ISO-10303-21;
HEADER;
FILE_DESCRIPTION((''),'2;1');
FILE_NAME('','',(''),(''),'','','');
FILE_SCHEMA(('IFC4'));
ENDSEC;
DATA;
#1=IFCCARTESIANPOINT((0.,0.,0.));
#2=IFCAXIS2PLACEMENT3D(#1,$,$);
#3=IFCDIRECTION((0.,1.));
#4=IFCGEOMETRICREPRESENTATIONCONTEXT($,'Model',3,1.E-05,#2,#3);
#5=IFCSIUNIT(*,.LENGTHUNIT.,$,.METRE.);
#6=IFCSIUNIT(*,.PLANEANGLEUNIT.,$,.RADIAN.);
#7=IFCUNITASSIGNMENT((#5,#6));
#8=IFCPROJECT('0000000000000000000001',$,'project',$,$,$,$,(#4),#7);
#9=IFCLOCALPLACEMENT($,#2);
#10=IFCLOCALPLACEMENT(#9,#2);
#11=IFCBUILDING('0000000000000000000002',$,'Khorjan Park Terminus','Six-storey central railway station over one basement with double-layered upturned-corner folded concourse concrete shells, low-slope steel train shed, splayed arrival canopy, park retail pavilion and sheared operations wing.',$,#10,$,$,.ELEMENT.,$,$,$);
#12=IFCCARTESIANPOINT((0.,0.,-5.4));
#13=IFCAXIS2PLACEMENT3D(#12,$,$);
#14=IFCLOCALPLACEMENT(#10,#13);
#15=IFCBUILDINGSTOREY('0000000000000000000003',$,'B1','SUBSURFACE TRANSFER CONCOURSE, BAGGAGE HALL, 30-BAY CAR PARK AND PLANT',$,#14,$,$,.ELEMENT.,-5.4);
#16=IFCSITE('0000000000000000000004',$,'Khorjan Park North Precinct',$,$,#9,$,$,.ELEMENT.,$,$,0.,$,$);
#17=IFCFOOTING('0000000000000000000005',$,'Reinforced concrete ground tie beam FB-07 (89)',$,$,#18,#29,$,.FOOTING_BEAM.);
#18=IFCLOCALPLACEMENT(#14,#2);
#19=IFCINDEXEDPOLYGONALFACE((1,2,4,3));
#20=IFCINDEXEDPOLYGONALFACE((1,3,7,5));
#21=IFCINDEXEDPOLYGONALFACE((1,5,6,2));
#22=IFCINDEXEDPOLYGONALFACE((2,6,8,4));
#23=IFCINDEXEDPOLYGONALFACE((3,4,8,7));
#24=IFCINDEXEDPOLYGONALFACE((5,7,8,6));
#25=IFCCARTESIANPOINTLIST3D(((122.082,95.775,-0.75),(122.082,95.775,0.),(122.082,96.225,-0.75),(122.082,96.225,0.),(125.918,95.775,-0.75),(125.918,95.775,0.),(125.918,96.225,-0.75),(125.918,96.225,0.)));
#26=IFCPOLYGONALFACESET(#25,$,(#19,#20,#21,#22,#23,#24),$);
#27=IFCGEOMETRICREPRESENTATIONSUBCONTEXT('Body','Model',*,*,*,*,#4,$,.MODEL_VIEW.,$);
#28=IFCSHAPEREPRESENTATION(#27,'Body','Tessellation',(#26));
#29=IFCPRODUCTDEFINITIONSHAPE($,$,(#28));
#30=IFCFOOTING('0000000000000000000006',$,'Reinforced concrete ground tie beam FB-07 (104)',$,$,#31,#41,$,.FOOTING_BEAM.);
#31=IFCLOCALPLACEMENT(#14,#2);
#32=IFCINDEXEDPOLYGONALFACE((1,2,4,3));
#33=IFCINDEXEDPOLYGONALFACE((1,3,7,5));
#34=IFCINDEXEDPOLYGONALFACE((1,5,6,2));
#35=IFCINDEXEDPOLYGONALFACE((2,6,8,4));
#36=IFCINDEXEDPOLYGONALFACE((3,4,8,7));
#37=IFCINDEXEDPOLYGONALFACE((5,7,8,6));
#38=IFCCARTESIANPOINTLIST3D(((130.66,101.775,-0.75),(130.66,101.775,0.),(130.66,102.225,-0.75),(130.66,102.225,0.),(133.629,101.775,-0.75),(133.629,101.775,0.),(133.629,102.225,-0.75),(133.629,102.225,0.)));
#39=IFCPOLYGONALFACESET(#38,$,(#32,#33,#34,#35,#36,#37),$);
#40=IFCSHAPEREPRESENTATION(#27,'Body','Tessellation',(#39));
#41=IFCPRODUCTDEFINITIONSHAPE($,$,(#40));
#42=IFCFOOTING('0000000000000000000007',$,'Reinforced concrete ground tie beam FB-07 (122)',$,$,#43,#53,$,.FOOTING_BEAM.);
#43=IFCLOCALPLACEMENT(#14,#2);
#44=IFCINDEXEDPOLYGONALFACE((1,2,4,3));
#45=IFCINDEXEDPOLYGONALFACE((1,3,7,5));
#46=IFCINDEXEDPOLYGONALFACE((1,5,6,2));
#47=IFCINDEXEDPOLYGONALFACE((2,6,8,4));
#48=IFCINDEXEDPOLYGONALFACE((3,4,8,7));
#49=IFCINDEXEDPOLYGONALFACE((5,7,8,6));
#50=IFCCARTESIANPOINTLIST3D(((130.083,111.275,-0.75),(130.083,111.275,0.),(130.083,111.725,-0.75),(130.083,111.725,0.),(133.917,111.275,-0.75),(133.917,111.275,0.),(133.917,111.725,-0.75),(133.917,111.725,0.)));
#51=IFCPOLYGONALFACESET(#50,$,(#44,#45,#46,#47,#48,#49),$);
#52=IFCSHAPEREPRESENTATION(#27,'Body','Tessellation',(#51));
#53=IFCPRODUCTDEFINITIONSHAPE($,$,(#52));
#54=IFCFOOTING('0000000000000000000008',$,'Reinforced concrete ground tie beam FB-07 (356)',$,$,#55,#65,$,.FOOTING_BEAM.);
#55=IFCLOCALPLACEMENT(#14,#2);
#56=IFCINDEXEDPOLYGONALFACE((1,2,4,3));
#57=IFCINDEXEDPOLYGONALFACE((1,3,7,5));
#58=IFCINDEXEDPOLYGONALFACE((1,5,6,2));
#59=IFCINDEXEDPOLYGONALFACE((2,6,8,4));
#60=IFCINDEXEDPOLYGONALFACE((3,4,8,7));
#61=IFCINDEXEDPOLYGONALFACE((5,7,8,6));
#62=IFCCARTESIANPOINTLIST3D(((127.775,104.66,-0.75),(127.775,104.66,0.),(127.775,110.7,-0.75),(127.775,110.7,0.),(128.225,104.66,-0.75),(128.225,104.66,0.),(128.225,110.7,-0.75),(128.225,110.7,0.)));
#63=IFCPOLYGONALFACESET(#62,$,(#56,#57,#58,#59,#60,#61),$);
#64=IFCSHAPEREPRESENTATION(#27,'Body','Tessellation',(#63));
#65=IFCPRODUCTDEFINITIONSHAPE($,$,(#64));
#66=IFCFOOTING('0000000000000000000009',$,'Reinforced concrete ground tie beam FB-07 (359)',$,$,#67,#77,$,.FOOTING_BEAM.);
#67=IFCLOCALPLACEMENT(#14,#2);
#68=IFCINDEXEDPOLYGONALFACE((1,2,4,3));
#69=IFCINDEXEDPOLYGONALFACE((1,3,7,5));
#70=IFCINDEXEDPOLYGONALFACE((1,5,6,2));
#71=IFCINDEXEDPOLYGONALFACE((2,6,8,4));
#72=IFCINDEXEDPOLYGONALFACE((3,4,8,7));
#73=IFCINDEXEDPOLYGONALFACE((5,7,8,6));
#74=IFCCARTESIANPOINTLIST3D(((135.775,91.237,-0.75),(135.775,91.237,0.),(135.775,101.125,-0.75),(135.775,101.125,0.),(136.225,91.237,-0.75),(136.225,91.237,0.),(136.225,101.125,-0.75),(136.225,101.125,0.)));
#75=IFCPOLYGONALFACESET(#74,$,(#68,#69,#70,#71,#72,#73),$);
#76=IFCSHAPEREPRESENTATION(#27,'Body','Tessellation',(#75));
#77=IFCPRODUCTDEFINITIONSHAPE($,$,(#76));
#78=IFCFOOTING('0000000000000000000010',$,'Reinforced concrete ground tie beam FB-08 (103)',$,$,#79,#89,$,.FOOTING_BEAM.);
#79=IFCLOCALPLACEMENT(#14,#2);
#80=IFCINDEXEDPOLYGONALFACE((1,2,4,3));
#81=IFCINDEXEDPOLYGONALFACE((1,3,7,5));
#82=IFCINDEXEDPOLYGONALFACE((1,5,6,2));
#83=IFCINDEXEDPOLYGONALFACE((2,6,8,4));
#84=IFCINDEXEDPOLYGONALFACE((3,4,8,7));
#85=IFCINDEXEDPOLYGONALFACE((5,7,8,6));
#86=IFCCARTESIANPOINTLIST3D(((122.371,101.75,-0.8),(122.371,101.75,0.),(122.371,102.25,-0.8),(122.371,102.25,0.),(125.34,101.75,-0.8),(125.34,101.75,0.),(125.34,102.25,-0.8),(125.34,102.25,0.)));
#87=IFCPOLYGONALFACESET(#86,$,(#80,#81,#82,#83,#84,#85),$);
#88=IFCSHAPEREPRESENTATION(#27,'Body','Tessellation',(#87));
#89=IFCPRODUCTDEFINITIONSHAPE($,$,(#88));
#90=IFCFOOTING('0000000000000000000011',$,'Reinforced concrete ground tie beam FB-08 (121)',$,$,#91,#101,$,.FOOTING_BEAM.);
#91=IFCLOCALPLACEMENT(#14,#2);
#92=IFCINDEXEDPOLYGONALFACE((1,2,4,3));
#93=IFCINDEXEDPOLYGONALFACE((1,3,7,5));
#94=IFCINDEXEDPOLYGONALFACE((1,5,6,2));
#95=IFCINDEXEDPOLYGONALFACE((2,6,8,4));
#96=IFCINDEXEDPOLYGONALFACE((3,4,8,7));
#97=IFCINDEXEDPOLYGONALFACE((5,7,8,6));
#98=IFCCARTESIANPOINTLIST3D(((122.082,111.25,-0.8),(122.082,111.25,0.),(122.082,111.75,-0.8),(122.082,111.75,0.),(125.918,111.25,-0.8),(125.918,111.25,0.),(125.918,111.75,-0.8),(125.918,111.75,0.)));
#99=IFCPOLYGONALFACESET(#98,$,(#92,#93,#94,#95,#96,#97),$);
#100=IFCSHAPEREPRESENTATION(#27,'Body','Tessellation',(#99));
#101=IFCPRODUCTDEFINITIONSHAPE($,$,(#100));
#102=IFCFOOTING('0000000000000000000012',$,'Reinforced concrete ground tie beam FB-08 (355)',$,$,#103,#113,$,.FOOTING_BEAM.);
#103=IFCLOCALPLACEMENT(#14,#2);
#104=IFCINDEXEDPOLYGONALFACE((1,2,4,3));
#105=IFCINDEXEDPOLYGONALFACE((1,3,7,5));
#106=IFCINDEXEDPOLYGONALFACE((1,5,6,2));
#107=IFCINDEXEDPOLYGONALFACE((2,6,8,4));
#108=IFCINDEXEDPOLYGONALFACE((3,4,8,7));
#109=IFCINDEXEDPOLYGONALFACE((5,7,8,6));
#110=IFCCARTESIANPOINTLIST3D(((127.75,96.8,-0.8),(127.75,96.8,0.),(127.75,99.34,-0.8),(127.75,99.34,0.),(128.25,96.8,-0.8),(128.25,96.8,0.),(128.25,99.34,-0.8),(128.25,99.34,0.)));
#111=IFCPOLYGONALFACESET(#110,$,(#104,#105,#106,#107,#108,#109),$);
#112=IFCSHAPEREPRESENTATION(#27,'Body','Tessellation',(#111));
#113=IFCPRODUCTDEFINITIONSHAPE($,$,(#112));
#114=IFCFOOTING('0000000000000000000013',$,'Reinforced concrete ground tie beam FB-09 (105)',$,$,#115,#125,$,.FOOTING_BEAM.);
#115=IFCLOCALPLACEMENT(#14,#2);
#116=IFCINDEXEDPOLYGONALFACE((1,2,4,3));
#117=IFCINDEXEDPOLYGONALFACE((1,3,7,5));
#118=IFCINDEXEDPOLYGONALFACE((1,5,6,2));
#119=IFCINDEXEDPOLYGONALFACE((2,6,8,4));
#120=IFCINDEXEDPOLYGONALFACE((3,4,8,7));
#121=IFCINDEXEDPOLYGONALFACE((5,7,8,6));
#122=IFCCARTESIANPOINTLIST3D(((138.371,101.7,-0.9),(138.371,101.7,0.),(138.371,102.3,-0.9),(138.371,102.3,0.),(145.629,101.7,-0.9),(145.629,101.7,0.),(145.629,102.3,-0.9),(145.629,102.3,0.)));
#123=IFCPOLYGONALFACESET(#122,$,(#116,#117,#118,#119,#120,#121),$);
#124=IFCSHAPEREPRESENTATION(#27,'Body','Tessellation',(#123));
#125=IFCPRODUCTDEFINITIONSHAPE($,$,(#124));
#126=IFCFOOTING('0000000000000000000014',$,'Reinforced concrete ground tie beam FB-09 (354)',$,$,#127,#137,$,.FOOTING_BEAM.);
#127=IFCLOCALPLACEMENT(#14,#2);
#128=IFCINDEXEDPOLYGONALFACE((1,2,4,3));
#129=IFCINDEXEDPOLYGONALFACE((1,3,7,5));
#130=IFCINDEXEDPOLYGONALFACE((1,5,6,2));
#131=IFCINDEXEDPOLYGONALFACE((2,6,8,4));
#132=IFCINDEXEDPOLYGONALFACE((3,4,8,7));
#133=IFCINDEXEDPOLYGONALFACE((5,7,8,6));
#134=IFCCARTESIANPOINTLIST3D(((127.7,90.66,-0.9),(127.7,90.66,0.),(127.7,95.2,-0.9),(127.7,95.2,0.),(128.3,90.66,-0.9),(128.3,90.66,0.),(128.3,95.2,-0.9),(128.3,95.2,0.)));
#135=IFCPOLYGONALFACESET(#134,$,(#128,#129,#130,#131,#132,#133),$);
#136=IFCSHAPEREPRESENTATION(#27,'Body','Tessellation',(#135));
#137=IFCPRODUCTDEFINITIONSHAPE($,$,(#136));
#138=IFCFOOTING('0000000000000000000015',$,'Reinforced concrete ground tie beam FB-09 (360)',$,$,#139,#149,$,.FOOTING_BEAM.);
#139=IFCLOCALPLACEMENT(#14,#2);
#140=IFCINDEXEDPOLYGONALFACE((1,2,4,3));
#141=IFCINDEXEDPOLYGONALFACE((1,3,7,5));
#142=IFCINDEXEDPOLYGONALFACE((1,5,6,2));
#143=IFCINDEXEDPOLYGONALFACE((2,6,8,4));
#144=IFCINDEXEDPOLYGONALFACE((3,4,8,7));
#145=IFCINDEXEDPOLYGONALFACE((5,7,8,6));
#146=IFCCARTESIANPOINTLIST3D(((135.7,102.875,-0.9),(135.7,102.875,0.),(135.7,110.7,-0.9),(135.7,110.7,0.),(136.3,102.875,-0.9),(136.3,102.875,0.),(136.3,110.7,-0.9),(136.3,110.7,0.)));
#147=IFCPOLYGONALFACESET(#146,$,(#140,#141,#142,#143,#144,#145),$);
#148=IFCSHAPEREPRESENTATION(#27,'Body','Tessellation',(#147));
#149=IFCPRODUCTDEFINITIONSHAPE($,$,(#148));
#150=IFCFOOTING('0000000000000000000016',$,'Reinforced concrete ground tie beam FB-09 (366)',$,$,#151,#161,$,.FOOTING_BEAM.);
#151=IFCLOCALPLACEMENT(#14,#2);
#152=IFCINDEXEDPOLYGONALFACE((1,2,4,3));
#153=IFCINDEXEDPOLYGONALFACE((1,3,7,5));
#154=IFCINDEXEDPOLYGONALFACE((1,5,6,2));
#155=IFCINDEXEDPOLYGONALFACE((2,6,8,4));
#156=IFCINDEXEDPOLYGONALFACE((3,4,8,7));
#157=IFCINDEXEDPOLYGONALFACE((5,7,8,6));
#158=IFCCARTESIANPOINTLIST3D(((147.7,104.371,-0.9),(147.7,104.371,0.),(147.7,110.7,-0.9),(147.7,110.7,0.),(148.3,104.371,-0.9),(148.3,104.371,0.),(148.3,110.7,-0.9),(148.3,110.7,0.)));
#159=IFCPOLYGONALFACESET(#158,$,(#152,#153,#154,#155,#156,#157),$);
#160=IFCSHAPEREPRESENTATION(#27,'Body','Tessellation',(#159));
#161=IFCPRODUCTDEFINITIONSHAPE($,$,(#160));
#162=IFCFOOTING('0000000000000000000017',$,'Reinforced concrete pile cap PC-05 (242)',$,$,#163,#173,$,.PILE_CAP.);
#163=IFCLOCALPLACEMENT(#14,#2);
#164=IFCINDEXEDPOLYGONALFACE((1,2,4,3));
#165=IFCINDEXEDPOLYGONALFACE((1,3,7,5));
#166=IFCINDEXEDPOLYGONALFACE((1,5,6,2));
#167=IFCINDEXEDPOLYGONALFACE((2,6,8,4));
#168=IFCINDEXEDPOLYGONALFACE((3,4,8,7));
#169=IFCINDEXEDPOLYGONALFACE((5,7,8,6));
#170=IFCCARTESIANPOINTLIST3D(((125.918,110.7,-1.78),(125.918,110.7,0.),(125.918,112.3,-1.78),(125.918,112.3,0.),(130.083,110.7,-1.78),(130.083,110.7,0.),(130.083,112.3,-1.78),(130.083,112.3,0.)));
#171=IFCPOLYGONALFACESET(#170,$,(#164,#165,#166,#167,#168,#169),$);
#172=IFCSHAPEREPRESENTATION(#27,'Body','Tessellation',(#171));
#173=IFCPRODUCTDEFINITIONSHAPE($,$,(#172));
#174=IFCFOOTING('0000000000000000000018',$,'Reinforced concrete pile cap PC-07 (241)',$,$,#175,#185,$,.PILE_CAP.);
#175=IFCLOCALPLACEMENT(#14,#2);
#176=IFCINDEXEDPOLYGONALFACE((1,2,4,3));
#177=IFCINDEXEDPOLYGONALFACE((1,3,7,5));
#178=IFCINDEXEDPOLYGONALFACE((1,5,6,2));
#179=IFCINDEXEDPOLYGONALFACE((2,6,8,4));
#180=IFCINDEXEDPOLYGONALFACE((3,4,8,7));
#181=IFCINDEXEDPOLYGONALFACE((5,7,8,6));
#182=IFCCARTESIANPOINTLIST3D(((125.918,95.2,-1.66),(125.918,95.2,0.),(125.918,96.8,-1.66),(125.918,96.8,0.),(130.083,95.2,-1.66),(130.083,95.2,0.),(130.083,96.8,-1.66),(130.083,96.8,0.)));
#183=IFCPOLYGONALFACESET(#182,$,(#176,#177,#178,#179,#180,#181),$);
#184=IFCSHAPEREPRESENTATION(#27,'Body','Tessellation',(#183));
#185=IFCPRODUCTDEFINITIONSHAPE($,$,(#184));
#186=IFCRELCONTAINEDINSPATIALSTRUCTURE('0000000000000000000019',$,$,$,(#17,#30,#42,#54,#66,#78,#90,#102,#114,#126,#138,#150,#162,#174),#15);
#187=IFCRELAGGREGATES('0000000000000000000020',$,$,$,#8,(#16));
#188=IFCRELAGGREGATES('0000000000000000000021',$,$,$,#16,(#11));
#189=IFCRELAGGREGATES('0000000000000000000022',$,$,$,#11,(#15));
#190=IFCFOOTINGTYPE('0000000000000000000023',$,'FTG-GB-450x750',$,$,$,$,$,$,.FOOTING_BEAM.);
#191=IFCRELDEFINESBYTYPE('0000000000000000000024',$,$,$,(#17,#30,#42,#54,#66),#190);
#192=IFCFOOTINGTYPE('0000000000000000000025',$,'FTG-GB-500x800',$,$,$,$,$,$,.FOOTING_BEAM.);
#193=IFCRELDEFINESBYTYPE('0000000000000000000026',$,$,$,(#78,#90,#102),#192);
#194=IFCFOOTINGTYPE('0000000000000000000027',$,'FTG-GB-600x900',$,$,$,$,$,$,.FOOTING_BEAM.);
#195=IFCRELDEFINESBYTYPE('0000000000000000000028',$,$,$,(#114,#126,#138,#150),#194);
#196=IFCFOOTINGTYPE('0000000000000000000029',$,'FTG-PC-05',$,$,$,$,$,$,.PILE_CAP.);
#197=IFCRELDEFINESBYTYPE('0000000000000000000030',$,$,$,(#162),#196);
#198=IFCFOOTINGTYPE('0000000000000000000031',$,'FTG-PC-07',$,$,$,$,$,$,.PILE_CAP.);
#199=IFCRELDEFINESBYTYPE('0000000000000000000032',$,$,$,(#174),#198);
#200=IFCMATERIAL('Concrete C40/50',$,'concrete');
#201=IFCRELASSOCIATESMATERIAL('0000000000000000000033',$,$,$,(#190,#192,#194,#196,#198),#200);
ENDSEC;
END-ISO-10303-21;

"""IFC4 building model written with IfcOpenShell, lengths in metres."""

from ifc_helpers import new_model, si_unit, direction, frame, origin, origin_2d, place, context, subcontext, project, spatial, rectangle, extrude, material, material_profile, profile_set, type_object, element, save


model = new_model("IFC4")

# Units and contexts
model_context = context("Model", 3, precision=1e-05, world=origin(), true_north=direction((0.0, 1.0)))
body_context = subcontext(model_context, "Body", "Model", "MODEL_VIEW")
ifc_project = project(units=[si_unit("LENGTHUNIT", "METRE"), si_unit("PLANEANGLEUNIT", "RADIAN")], contexts=[model_context])

# Site, building, storey
site_placement = place(None, origin())
site = spatial("IfcSite", under=ifc_project, at=site_placement, Name="Khorjan Park North Precinct", CompositionType="ELEMENT", RefElevation=0.0)
building_placement = place(site_placement, origin())
building = spatial("IfcBuilding", under=site, at=building_placement, Name="Khorjan Park Terminus", Description="Six-storey central railway station over one basement with double-layered upturned-corner folded concourse concrete shells, low-slope steel train shed, splayed arrival canopy, park retail pavilion and sheared operations wing.", CompositionType="ELEMENT")
storey_placement = place(building_placement, frame((0.0, 0.0, -5.4)))
storey = spatial("IfcBuildingStorey", under=building, at=storey_placement, Name="B1", Description="SUBSURFACE TRANSFER CONCOURSE, BAGGAGE HALL, 30-BAY CAR PARK AND PLANT", CompositionType="ELEMENT", Elevation=-5.4)

# Footings
ifc_material_1 = material(Name="Concrete C40/50", Category="concrete")
ifc_material_profile_1 = material_profile(ifc_material_1, rectangle(XDim=0.45, YDim=0.75, at=origin_2d()), Name="RC 450x750")
ifc_profile_set_1 = profile_set([ifc_material_profile_1], Name="Concrete C40/50")
footing_type_1 = type_object("IfcFootingType", Name="FTG-GB-450x750", PredefinedType="FOOTING_BEAM", material=ifc_profile_set_1)
footing_1_placement = place(storey_placement, frame((122.082, 96.0, -0.375), z_axis=(1.0, 0.0, 0.0), x_axis=(0.0, 1.0, 0.0)))
element("IfcFooting", 1, at=footing_1_placement, inside=storey, type_object=footing_type_1, Name="Reinforced concrete ground tie beam FB-07 (89)", PredefinedType="FOOTING_BEAM", context=body_context, shape_type="SweptSolid", body=[
    extrude(rectangle(XDim=0.45, YDim=0.75, at=origin_2d()), origin(), (0.0, 0.0, 1.0), 3.836),
])
footing_2_placement = place(storey_placement, frame((130.66, 102.0, -0.375), z_axis=(1.0, 0.0, 0.0), x_axis=(0.0, 1.0, 0.0)))
element("IfcFooting", 2, at=footing_2_placement, inside=storey, type_object=footing_type_1, Name="Reinforced concrete ground tie beam FB-07 (104)", PredefinedType="FOOTING_BEAM", context=body_context, shape_type="SweptSolid", body=[
    extrude(rectangle(XDim=0.45, YDim=0.75, at=origin_2d()), origin(), (0.0, 0.0, 1.0), 2.969),
])
footing_3_placement = place(storey_placement, frame((130.083, 111.5, -0.375), z_axis=(1.0, 0.0, 0.0), x_axis=(0.0, 1.0, 0.0)))
element("IfcFooting", 3, at=footing_3_placement, inside=storey, type_object=footing_type_1, Name="Reinforced concrete ground tie beam FB-07 (122)", PredefinedType="FOOTING_BEAM", context=body_context, shape_type="SweptSolid", body=[
    extrude(rectangle(XDim=0.45, YDim=0.75, at=origin_2d()), origin(), (0.0, 0.0, 1.0), 3.834),
])
footing_4_placement = place(storey_placement, frame((128.0, 104.66, -0.375), z_axis=(0.0, 1.0, 0.0), x_axis=(-1.0, 0.0, 0.0)))
element("IfcFooting", 4, at=footing_4_placement, inside=storey, type_object=footing_type_1, Name="Reinforced concrete ground tie beam FB-07 (356)", PredefinedType="FOOTING_BEAM", context=body_context, shape_type="SweptSolid", body=[
    extrude(rectangle(XDim=0.45, YDim=0.75, at=origin_2d()), origin(), (0.0, 0.0, 1.0), 6.04),
])
footing_5_placement = place(storey_placement, frame((136.0, 91.237, -0.375), z_axis=(0.0, 1.0, 0.0), x_axis=(-1.0, 0.0, 0.0)))
element("IfcFooting", 5, at=footing_5_placement, inside=storey, type_object=footing_type_1, Name="Reinforced concrete ground tie beam FB-07 (359)", PredefinedType="FOOTING_BEAM", context=body_context, shape_type="SweptSolid", body=[
    extrude(rectangle(XDim=0.45, YDim=0.75, at=origin_2d()), origin(), (0.0, 0.0, 1.0), 9.888),
])
ifc_material_profile_2 = material_profile(ifc_material_1, rectangle(XDim=0.5, YDim=0.8, at=origin_2d()), Name="RC 500x800")
ifc_profile_set_2 = profile_set([ifc_material_profile_2], Name="Concrete C40/50")
footing_type_2 = type_object("IfcFootingType", Name="FTG-GB-500x800", PredefinedType="FOOTING_BEAM", material=ifc_profile_set_2)
footing_6_placement = place(storey_placement, frame((122.371, 102.0, -0.4), z_axis=(1.0, 0.0, 0.0), x_axis=(0.0, 1.0, 0.0)))
element("IfcFooting", 6, at=footing_6_placement, inside=storey, type_object=footing_type_2, Name="Reinforced concrete ground tie beam FB-08 (103)", PredefinedType="FOOTING_BEAM", context=body_context, shape_type="SweptSolid", body=[
    extrude(rectangle(XDim=0.5, YDim=0.8, at=origin_2d()), origin(), (0.0, 0.0, 1.0), 2.969),
])
footing_7_placement = place(storey_placement, frame((122.082, 111.5, -0.4), z_axis=(1.0, 0.0, 0.0), x_axis=(0.0, 1.0, 0.0)))
element("IfcFooting", 7, at=footing_7_placement, inside=storey, type_object=footing_type_2, Name="Reinforced concrete ground tie beam FB-08 (121)", PredefinedType="FOOTING_BEAM", context=body_context, shape_type="SweptSolid", body=[
    extrude(rectangle(XDim=0.5, YDim=0.8, at=origin_2d()), origin(), (0.0, 0.0, 1.0), 3.836),
])
footing_8_placement = place(storey_placement, frame((128.0, 96.8, -0.4), z_axis=(0.0, 1.0, 0.0), x_axis=(-1.0, 0.0, 0.0)))
element("IfcFooting", 8, at=footing_8_placement, inside=storey, type_object=footing_type_2, Name="Reinforced concrete ground tie beam FB-08 (355)", PredefinedType="FOOTING_BEAM", context=body_context, shape_type="SweptSolid", body=[
    extrude(rectangle(XDim=0.5, YDim=0.8, at=origin_2d()), origin(), (0.0, 0.0, 1.0), 2.54),
])
ifc_material_profile_3 = material_profile(ifc_material_1, rectangle(XDim=0.6, YDim=0.9, at=origin_2d()), Name="RC 600x900")
ifc_profile_set_3 = profile_set([ifc_material_profile_3], Name="Concrete C40/50")
footing_type_3 = type_object("IfcFootingType", Name="FTG-GB-600x900", PredefinedType="FOOTING_BEAM", material=ifc_profile_set_3)
footing_9_placement = place(storey_placement, frame((138.371, 102.0, -0.45), z_axis=(1.0, 0.0, 0.0), x_axis=(0.0, 1.0, 0.0)))
element("IfcFooting", 9, at=footing_9_placement, inside=storey, type_object=footing_type_3, Name="Reinforced concrete ground tie beam FB-09 (105)", PredefinedType="FOOTING_BEAM", context=body_context, shape_type="SweptSolid", body=[
    extrude(rectangle(XDim=0.6, YDim=0.9, at=origin_2d()), origin(), (0.0, 0.0, 1.0), 7.258),
])
footing_10_placement = place(storey_placement, frame((128.0, 90.66, -0.45), z_axis=(0.0, 1.0, 0.0), x_axis=(-1.0, 0.0, 0.0)))
element("IfcFooting", 10, at=footing_10_placement, inside=storey, type_object=footing_type_3, Name="Reinforced concrete ground tie beam FB-09 (354)", PredefinedType="FOOTING_BEAM", context=body_context, shape_type="SweptSolid", body=[
    extrude(rectangle(XDim=0.6, YDim=0.9, at=origin_2d()), origin(), (0.0, 0.0, 1.0), 4.54),
])
footing_11_placement = place(storey_placement, frame((136.0, 102.875, -0.45), z_axis=(0.0, 1.0, 0.0), x_axis=(-1.0, 0.0, 0.0)))
element("IfcFooting", 11, at=footing_11_placement, inside=storey, type_object=footing_type_3, Name="Reinforced concrete ground tie beam FB-09 (360)", PredefinedType="FOOTING_BEAM", context=body_context, shape_type="SweptSolid", body=[
    extrude(rectangle(XDim=0.6, YDim=0.9, at=origin_2d()), origin(), (0.0, 0.0, 1.0), 7.825),
])
footing_12_placement = place(storey_placement, frame((148.0, 104.371, -0.45), z_axis=(0.0, 1.0, 0.0), x_axis=(-1.0, 0.0, 0.0)))
element("IfcFooting", 12, at=footing_12_placement, inside=storey, type_object=footing_type_3, Name="Reinforced concrete ground tie beam FB-09 (366)", PredefinedType="FOOTING_BEAM", context=body_context, shape_type="SweptSolid", body=[
    extrude(rectangle(XDim=0.6, YDim=0.9, at=origin_2d()), origin(), (0.0, 0.0, 1.0), 6.329),
])
footing_type_4 = type_object("IfcFootingType", Name="FTG-PC-05", PredefinedType="PILE_CAP", material=ifc_material_1)
footing_13_placement = place(storey_placement, frame((128.0005, 111.5, -1.78), z_axis=(0.0, 0.0, 1.0), x_axis=(1.0, 0.0, 0.0)))
element("IfcFooting", 13, at=footing_13_placement, inside=storey, type_object=footing_type_4, Name="Reinforced concrete pile cap PC-05 (242)", PredefinedType="PILE_CAP", context=body_context, shape_type="SweptSolid", body=[
    extrude(rectangle(XDim=4.165, YDim=1.6, at=origin_2d()), origin(), (0.0, 0.0, 1.0), 1.78),
])
footing_type_5 = type_object("IfcFootingType", Name="FTG-PC-07", PredefinedType="PILE_CAP", material=ifc_material_1)
footing_14_placement = place(storey_placement, frame((128.0005, 96.0, -1.66), z_axis=(0.0, 0.0, 1.0), x_axis=(1.0, 0.0, 0.0)))
element("IfcFooting", 14, at=footing_14_placement, inside=storey, type_object=footing_type_5, Name="Reinforced concrete pile cap PC-07 (241)", PredefinedType="PILE_CAP", context=body_context, shape_type="SweptSolid", body=[
    extrude(rectangle(XDim=4.165, YDim=1.6, at=origin_2d()), origin(), (0.0, 0.0, 1.0), 1.66),
])

save(model, "model.ifc")
